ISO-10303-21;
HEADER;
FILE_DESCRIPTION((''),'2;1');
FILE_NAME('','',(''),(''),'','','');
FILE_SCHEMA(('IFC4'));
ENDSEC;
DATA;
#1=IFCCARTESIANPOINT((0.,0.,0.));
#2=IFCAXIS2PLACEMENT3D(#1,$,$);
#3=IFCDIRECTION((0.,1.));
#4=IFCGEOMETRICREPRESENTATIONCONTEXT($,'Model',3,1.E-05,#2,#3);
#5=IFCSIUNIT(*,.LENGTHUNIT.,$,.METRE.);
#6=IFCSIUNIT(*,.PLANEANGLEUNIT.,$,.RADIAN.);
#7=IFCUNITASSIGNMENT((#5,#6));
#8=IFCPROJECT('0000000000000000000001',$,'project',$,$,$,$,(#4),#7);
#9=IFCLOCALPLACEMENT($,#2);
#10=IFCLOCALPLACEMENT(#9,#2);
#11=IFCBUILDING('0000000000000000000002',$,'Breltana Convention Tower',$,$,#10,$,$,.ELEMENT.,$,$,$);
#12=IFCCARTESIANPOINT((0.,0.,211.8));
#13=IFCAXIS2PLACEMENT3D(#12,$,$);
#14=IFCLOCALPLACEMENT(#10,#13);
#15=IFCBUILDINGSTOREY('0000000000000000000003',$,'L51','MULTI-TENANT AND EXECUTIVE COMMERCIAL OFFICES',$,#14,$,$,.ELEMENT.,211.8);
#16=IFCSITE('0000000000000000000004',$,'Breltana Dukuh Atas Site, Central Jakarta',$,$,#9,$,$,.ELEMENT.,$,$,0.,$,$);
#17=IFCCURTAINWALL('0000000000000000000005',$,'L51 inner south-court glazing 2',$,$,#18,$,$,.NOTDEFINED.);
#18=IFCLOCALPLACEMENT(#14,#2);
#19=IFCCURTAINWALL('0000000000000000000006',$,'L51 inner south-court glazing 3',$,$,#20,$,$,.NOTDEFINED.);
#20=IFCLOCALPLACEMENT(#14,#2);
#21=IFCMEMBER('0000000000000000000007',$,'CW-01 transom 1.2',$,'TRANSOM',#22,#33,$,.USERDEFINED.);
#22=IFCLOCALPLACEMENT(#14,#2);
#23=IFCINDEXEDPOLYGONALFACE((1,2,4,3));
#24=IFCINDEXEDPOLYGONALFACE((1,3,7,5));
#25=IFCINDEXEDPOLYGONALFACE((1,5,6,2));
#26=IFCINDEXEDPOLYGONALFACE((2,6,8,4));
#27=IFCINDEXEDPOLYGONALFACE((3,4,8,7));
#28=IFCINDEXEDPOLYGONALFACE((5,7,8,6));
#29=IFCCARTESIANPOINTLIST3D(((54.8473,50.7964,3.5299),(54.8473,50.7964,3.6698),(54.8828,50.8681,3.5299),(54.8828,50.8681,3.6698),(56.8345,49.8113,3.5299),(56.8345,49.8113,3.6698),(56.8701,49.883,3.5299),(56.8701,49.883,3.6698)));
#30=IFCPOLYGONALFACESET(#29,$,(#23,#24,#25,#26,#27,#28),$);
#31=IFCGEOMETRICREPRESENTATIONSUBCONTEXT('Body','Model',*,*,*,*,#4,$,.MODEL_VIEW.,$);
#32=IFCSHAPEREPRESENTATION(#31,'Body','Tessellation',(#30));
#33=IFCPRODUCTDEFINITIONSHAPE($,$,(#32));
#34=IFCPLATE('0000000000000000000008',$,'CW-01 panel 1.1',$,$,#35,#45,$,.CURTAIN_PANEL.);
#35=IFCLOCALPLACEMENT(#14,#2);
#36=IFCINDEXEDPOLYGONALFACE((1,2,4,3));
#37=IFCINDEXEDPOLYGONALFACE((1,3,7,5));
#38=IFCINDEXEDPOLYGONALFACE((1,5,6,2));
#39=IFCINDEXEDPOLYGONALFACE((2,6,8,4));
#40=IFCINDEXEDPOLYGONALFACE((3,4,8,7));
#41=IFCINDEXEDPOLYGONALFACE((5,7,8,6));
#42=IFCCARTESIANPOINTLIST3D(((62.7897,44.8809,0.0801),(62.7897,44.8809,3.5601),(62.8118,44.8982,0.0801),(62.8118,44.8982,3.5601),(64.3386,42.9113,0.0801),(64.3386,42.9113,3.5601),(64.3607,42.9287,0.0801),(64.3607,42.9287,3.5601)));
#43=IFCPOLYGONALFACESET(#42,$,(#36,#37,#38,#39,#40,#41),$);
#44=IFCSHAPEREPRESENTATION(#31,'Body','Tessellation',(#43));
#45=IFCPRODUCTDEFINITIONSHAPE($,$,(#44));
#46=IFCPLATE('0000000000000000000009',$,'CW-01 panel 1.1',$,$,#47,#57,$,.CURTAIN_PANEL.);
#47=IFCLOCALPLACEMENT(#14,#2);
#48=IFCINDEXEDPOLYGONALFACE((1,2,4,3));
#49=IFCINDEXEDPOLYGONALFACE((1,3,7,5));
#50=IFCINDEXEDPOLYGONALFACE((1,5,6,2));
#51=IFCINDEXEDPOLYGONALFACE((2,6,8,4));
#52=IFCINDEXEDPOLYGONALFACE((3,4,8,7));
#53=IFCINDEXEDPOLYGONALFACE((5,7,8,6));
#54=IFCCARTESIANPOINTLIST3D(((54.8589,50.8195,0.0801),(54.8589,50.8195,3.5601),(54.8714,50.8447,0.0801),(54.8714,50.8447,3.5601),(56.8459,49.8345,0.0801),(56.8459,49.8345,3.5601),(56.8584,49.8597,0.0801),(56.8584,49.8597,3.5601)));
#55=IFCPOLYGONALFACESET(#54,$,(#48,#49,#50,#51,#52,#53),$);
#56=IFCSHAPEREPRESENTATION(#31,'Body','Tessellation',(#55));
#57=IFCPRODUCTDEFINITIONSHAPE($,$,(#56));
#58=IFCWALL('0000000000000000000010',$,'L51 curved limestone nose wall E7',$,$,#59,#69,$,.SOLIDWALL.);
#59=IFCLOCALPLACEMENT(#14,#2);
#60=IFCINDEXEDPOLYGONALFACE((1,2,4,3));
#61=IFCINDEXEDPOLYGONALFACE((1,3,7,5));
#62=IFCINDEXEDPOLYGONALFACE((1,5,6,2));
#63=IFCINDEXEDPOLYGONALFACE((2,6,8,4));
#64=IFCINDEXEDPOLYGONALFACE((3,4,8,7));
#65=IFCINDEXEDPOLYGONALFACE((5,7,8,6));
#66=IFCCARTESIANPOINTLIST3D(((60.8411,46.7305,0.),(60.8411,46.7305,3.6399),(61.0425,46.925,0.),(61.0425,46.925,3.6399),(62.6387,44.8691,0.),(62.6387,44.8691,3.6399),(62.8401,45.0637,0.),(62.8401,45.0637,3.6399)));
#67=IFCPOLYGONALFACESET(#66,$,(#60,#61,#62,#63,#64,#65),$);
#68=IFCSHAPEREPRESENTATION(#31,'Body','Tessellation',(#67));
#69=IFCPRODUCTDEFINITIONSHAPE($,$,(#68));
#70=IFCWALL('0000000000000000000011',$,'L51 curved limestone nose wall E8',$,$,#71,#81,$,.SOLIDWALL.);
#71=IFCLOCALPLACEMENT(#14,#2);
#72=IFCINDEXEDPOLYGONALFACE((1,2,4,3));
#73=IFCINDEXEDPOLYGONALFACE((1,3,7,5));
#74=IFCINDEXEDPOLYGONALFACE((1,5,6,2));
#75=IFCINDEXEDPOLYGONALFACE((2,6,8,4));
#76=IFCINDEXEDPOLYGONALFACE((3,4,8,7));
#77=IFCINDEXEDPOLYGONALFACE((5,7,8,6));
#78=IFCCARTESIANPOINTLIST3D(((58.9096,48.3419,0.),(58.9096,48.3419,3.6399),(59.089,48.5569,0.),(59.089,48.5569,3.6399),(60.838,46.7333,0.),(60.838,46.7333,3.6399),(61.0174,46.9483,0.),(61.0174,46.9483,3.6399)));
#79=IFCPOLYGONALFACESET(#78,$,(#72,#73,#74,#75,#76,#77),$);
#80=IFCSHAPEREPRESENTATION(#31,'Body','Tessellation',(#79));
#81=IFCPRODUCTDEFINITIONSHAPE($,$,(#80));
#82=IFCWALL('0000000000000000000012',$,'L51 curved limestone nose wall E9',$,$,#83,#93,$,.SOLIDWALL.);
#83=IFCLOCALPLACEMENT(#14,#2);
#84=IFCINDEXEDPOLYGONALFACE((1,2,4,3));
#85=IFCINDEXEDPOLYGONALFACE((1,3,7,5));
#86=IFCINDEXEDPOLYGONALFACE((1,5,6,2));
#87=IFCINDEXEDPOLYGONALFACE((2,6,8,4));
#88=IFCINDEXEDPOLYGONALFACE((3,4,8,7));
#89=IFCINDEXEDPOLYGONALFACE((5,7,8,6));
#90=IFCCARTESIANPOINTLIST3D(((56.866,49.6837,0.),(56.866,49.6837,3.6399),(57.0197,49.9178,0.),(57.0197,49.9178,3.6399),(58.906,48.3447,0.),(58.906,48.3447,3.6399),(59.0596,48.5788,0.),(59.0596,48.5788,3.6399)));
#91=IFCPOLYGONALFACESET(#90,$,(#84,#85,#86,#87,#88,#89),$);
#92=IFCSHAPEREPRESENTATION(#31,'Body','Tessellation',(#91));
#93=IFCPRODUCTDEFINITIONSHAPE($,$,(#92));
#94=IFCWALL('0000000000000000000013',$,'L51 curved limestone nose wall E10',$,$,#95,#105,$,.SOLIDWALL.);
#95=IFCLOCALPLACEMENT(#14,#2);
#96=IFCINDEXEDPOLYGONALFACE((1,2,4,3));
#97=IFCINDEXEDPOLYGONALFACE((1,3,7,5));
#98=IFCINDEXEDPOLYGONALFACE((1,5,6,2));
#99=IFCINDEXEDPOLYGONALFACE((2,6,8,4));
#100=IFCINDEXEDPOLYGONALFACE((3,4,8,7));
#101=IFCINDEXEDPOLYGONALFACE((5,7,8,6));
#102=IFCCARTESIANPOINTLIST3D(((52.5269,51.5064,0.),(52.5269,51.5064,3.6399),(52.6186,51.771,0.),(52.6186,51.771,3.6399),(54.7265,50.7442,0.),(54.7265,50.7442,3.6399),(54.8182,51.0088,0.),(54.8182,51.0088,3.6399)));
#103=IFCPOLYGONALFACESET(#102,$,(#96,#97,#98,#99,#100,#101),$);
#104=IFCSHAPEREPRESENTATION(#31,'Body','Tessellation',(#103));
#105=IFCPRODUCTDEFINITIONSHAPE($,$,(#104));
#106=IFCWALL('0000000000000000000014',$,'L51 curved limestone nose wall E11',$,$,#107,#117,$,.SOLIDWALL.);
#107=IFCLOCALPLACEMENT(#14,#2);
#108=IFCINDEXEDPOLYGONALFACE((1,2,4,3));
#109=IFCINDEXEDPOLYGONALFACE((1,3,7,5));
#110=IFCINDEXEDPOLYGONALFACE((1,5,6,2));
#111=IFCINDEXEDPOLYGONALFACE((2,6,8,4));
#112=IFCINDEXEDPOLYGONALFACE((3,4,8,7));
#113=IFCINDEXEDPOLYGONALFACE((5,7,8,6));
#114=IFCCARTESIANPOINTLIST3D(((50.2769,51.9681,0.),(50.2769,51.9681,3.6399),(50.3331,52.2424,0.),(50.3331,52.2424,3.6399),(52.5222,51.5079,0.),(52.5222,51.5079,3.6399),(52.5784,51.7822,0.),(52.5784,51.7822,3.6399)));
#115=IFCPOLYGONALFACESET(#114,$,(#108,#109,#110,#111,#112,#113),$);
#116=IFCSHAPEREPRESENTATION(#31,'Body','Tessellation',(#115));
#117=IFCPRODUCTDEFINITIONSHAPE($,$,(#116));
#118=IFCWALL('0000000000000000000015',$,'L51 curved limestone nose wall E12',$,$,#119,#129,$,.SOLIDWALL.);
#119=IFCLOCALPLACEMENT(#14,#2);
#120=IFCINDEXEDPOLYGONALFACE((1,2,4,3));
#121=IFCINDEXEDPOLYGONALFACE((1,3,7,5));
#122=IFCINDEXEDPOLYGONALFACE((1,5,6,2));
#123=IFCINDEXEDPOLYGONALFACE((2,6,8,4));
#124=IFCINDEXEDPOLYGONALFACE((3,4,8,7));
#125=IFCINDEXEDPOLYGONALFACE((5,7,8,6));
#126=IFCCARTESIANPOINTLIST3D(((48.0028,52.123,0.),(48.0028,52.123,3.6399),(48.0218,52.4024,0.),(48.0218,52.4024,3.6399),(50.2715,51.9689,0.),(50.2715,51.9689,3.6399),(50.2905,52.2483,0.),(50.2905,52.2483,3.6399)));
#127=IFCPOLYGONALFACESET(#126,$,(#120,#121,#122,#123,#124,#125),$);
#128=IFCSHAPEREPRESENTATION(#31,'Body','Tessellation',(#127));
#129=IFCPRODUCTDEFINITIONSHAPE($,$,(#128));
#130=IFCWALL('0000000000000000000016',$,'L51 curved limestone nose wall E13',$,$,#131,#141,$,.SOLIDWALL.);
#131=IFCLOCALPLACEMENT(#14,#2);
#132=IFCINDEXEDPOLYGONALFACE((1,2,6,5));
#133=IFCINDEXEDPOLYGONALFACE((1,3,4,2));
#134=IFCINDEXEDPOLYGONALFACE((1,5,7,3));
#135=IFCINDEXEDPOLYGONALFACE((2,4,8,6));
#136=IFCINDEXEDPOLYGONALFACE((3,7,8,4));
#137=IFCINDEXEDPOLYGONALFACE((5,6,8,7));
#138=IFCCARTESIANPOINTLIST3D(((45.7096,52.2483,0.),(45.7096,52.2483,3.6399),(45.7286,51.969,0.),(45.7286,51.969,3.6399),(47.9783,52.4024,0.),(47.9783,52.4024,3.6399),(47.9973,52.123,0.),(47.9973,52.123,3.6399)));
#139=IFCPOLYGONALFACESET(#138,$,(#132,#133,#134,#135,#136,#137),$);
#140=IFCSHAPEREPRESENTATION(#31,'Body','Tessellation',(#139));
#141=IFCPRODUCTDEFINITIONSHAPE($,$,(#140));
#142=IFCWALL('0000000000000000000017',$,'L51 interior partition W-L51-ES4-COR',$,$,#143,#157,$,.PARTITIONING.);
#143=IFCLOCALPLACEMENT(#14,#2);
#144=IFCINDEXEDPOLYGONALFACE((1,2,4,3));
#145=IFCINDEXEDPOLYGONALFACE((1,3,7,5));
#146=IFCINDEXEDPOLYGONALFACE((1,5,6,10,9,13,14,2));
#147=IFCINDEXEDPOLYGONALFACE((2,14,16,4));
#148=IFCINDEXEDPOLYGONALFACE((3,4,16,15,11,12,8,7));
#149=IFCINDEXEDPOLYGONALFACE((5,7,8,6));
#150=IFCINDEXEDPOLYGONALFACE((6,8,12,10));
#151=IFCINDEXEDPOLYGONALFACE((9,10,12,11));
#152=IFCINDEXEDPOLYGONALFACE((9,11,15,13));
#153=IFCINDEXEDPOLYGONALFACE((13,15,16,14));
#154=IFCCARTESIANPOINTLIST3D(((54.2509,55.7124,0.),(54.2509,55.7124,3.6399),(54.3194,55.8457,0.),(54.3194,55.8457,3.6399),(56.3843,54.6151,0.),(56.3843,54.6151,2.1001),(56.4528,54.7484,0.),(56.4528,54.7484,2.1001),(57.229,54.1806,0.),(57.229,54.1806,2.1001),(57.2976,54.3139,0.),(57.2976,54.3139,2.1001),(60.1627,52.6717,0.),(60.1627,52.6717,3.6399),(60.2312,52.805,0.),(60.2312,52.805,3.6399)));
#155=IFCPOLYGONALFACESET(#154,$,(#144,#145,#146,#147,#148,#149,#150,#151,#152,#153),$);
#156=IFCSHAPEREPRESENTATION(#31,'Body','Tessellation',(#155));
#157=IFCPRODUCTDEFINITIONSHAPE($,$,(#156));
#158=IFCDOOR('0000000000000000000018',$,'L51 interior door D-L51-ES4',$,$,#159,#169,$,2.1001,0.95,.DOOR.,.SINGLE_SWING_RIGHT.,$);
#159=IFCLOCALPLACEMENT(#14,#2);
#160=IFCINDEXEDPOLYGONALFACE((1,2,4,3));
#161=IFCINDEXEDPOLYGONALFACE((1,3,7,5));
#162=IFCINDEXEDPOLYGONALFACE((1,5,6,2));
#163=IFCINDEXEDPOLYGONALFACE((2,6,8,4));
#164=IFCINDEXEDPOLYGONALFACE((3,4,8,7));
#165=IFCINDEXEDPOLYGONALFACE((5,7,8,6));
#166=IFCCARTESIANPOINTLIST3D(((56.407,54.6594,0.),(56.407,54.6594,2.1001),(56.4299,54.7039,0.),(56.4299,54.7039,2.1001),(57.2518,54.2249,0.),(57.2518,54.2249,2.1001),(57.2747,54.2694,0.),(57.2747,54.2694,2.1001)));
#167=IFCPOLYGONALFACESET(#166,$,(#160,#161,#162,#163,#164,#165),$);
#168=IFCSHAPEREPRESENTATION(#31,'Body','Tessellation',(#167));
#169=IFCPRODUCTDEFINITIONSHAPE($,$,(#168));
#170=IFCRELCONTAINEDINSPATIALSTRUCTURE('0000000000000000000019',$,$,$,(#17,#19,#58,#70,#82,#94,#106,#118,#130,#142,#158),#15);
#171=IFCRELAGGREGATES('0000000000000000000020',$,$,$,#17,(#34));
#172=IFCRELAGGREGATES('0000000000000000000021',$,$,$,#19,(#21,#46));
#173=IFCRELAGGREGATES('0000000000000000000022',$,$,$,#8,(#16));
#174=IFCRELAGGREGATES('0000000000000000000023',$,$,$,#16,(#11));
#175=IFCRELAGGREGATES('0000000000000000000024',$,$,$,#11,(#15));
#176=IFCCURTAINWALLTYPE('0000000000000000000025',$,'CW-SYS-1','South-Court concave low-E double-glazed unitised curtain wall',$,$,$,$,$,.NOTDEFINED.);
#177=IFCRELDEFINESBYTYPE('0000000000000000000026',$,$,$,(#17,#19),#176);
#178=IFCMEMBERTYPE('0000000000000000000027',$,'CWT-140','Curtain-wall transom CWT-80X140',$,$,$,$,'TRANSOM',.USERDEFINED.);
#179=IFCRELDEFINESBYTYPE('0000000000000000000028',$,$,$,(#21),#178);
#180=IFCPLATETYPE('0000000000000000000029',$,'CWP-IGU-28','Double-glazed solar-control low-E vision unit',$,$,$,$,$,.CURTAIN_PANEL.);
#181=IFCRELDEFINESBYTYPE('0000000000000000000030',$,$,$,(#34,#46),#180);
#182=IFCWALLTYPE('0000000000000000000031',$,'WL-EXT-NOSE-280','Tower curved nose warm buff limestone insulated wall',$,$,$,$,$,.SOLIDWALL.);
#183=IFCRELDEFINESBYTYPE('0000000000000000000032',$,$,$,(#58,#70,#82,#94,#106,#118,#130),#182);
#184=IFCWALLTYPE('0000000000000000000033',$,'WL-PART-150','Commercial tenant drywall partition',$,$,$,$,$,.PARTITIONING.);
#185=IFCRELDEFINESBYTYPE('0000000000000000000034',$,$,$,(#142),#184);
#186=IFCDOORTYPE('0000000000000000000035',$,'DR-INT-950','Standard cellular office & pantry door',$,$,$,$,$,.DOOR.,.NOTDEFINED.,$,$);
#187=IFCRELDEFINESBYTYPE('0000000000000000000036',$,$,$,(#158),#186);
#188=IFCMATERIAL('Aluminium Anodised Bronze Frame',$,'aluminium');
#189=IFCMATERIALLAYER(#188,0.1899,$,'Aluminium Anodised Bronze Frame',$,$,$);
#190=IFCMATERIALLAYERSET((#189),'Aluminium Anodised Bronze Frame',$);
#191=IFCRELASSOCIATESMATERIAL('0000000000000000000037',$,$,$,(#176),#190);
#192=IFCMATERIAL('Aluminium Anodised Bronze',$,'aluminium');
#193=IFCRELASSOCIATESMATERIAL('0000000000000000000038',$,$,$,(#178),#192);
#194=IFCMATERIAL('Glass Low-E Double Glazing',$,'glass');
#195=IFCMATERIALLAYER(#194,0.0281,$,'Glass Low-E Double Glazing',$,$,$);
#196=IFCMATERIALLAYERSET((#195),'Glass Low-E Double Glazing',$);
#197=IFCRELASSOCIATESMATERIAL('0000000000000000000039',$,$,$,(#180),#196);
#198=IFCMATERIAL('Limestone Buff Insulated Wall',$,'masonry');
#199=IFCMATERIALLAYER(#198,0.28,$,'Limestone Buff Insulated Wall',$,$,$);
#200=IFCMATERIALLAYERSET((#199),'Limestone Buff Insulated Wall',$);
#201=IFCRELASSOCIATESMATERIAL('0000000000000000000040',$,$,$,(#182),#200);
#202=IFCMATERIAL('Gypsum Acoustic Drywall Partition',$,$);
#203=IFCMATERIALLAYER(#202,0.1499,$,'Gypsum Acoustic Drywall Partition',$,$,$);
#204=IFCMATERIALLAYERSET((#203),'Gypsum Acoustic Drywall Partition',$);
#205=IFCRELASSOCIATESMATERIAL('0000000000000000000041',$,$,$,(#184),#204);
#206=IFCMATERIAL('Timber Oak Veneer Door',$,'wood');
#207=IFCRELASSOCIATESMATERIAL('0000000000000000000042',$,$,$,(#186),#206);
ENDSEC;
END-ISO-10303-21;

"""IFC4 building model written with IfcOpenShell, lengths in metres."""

from ifc_helpers import new_model, si_unit, direction, frame, frame_2d, origin, origin_2d, place, context, subcontext, project, spatial, rectangle, extrude, source, transform, mapped, material, layer, layer_set, material_profile, profile_set, type_object, type_shapes, element, fill, aggregate, save


model = new_model("IFC4")

# Units and contexts
model_context = context("Model", 3, precision=1e-05, world=origin(), true_north=direction((0.0, 1.0)))
body_context = subcontext(model_context, "Body", "Model", "MODEL_VIEW")
ifc_project = project(units=[si_unit("LENGTHUNIT", "METRE"), si_unit("PLANEANGLEUNIT", "RADIAN")], contexts=[model_context])

# Site, building, storey
site_placement = place(None, origin())
site = spatial("IfcSite", under=ifc_project, at=site_placement, Name="Breltana Dukuh Atas Site, Central Jakarta", CompositionType="ELEMENT", RefElevation=0.0)
building_placement = place(site_placement, origin())
building = spatial("IfcBuilding", under=site, at=building_placement, Name="Breltana Convention Tower", CompositionType="ELEMENT")
storey_placement = place(building_placement, frame((0.0, 0.0, 211.8)))
storey = spatial("IfcBuildingStorey", under=building, at=storey_placement, Name="L51", Description="MULTI-TENANT AND EXECUTIVE COMMERCIAL OFFICES", CompositionType="ELEMENT", Elevation=211.8)

# Curtain walls, member
ifc_material_1 = material(Name="Aluminium Anodised Bronze Frame", Category="aluminium")
ifc_layer_1 = layer(ifc_material_1, 0.1899, Name="Aluminium Anodised Bronze Frame")
ifc_layer_set_1 = layer_set([ifc_layer_1], Name="Aluminium Anodised Bronze Frame")
curtain_wall_type = type_object("IfcCurtainWallType", Name="CW-SYS-1", Description="South-Court concave low-E double-glazed unitised curtain wall", PredefinedType="NOTDEFINED", material=ifc_layer_set_1)
curtain_wall_1_placement = place(storey_placement, origin())
curtain_wall_1 = element("IfcCurtainWall", 1, at=curtain_wall_1_placement, inside=storey, type_object=curtain_wall_type, Name="L51 inner south-court glazing 2", PredefinedType="NOTDEFINED")
ifc_material_2 = material(Name="Aluminium Anodised Bronze", Category="aluminium")
ifc_material_profile_1 = material_profile(ifc_material_2, rectangle(XDim=0.0801, YDim=0.1399, at=origin_2d()), Name="CWT-80X140")
ifc_profile_set_1 = profile_set([ifc_material_profile_1], Name="Aluminium Anodised Bronze")
member_type_1 = type_object("IfcMemberType", Name="CWT-140", Description="Curtain-wall transom CWT-80X140", ElementType="TRANSOM", PredefinedType="USERDEFINED", material=ifc_profile_set_1)
curtain_wall_2_placement = place(storey_placement, origin())
curtain_wall_2 = element("IfcCurtainWall", 2, at=curtain_wall_2_placement, inside=storey, type_object=curtain_wall_type, Name="L51 inner south-court glazing 3", PredefinedType="NOTDEFINED")
shared_shape_1 = source(origin(), body_context, "Body", "SweptSolid", [
    extrude(rectangle(XDim=0.0801, YDim=0.1399, at=origin_2d()), origin(), (0.0, 0.0, 1.0), 2.218),
])
member_1_placement = place(storey_placement, frame((56.8523, 49.8472, 3.5999), z_axis=(-0.895963, 0.444129, 0.0), x_axis=(-0.444129, -0.895963, 0.0)))
member_1 = element("IfcMember", 3, at=member_1_placement, type_object=member_type_1, Name="CW-01 transom 1.2", ObjectType="TRANSOM", PredefinedType="USERDEFINED", context=body_context, shape_type="MappedRepresentation", body=[
    mapped(shared_shape_1, transform((0.0, 0.0, 0.0), scale=1.0)),
])

# Plates
ifc_material_3 = material(Name="Glass Low-E Double Glazing", Category="glass")
ifc_layer_2 = layer(ifc_material_3, 0.0281, Name="Glass Low-E Double Glazing")
ifc_layer_set_2 = layer_set([ifc_layer_2], Name="Glass Low-E Double Glazing")
plate_type = type_object("IfcPlateType", Name="CWP-IGU-28", Description="Double-glazed solar-control low-E vision unit", PredefinedType="CURTAIN_PANEL", material=ifc_layer_set_2)
shared_shape_2 = source(origin(), body_context, "Body", "SweptSolid", [
    extrude(rectangle(XDim=2.5056, YDim=0.0281, at=origin_2d()), origin(), (0.0, 0.0, 1.0), 3.48),
])
plate_1_placement = place(storey_placement, frame((63.5752, 43.9048, 0.0801), z_axis=(0.0, 0.0, 1.0), x_axis=(-0.61815, 0.786061, 0.0)))
plate_1 = element("IfcPlate", 4, at=plate_1_placement, type_object=plate_type, Name="CW-01 panel 1.1", PredefinedType="CURTAIN_PANEL", context=body_context, shape_type="MappedRepresentation", body=[
    mapped(shared_shape_2, transform((0.0, 0.0, 0.0), scale=1.0)),
])
aggregate(curtain_wall_1, [plate_1])
shared_shape_3 = source(origin(), body_context, "Body", "SweptSolid", [
    extrude(rectangle(XDim=2.2178, YDim=0.0281, at=origin_2d()), origin(), (0.0, 0.0, 1.0), 3.48),
])
plate_2_placement = place(storey_placement, frame((55.8586, 50.3396, 0.0801), z_axis=(0.0, 0.0, 1.0), x_axis=(-0.895961, 0.444133, 0.0)))
plate_2 = element("IfcPlate", 5, at=plate_2_placement, type_object=plate_type, Name="CW-01 panel 1.1", PredefinedType="CURTAIN_PANEL", context=body_context, shape_type="MappedRepresentation", body=[
    mapped(shared_shape_3, transform((0.0, 0.0, 0.0), scale=1.0)),
])
aggregate(curtain_wall_2, [member_1, plate_2])

# Walls
ifc_material_4 = material(Name="Limestone Buff Insulated Wall", Category="masonry")
ifc_layer_3 = layer(ifc_material_4, 0.28, Name="Limestone Buff Insulated Wall")
ifc_layer_set_3 = layer_set([ifc_layer_3], Name="Limestone Buff Insulated Wall")
wall_type_1 = type_object("IfcWallType", Name="WL-EXT-NOSE-280", Description="Tower curved nose warm buff limestone insulated wall", PredefinedType="SOLIDWALL", material=ifc_layer_set_3)
shared_shape_4 = source(origin(), body_context, "Body", "SweptSolid", [
    extrude(rectangle(XDim=2.5876, YDim=0.28, at=frame_2d((1.2939, 0.0))), origin(), (0.0, 0.0, 1.0), 3.6399),
])
wall_1_placement = place(storey_placement, frame((62.7395, 44.9663, 0.0), z_axis=(0.0, 0.0, 1.0), x_axis=(-0.694687, 0.719312, 0.0)))
element("IfcWall", 6, at=wall_1_placement, inside=storey, type_object=wall_type_1, Name="L51 curved limestone nose wall E7", PredefinedType="SOLIDWALL", context=body_context, shape_type="MappedRepresentation", body=[
    mapped(shared_shape_4, transform((0.0, 0.0, 0.0), scale=1.0)),
])
shared_shape_5 = source(origin(), body_context, "Body", "SweptSolid", [
    extrude(rectangle(XDim=2.5112, YDim=0.28, at=frame_2d((1.2556, 0.0))), origin(), (0.0, 0.0, 1.0), 3.6399),
])
wall_2_placement = place(storey_placement, frame((60.9277, 46.8408, 0.0), z_axis=(0.0, 0.0, 1.0), x_axis=(-0.76791, 0.640557, 0.0)))
element("IfcWall", 7, at=wall_2_placement, inside=storey, type_object=wall_type_1, Name="L51 curved limestone nose wall E8", PredefinedType="SOLIDWALL", context=body_context, shape_type="MappedRepresentation", body=[
    mapped(shared_shape_5, transform((0.0, 0.0, 0.0), scale=1.0)),
])
shared_shape_6 = source(origin(), body_context, "Body", "SweptSolid", [
    extrude(rectangle(XDim=2.4402, YDim=0.28, at=frame_2d((1.2202, 0.0))), origin(), (0.0, 0.0, 1.0), 3.6399),
])
wall_3_placement = place(storey_placement, frame((58.9829, 48.4617, 0.0), z_axis=(0.0, 0.0, 1.0), x_axis=(-0.835985, 0.548753, 0.0)))
element("IfcWall", 8, at=wall_3_placement, inside=storey, type_object=wall_type_1, Name="L51 curved limestone nose wall E9", PredefinedType="SOLIDWALL", context=body_context, shape_type="MappedRepresentation", body=[
    mapped(shared_shape_6, transform((0.0, 0.0, 0.0), scale=1.0)),
])
shared_shape_7 = source(origin(), body_context, "Body", "SweptSolid", [
    extrude(rectangle(XDim=2.3279, YDim=0.28, at=frame_2d((1.1641, 0.0))), origin(), (0.0, 0.0, 1.0), 3.6399),
])
wall_4_placement = place(storey_placement, frame((54.7725, 50.8765, 0.0), z_axis=(0.0, 0.0, 1.0), x_axis=(-0.944873, 0.327438, 0.0)))
element("IfcWall", 9, at=wall_4_placement, inside=storey, type_object=wall_type_1, Name="L51 curved limestone nose wall E10", PredefinedType="SOLIDWALL", context=body_context, shape_type="MappedRepresentation", body=[
    mapped(shared_shape_7, transform((0.0, 0.0, 0.0), scale=1.0)),
])
shared_shape_8 = source(origin(), body_context, "Body", "SweptSolid", [
    extrude(rectangle(XDim=2.292, YDim=0.28, at=frame_2d((1.146, 0.0))), origin(), (0.0, 0.0, 1.0), 3.6399),
])
wall_5_placement = place(storey_placement, frame((52.5503, 51.645, 0.0), z_axis=(0.0, 0.0, 1.0), x_axis=(-0.979635, 0.200784, 0.0)))
element("IfcWall", 10, at=wall_5_placement, inside=storey, type_object=wall_type_1, Name="L51 curved limestone nose wall E11", PredefinedType="SOLIDWALL", context=body_context, shape_type="MappedRepresentation", body=[
    mapped(shared_shape_8, transform((0.0, 0.0, 0.0), scale=1.0)),
])
shared_shape_9 = source(origin(), body_context, "Body", "SweptSolid", [
    extrude(rectangle(XDim=2.2739, YDim=0.28, at=frame_2d((1.137, 0.0))), origin(), (0.0, 0.0, 1.0), 3.6399),
])
for number, where, z_axis, x_axis, name in (
    (11, (50.281, 52.1086, 0.0), (0.0, 0.0, 1.0), (-0.997703, 0.067745, 0.0), "L51 curved limestone nose wall E12"),
    (12, (47.9878, 52.2627, 0.0), (0.0, 0.0, 1.0), (-0.997703, -0.067745, 0.0), "L51 curved limestone nose wall E13"),
):
    element("IfcWall", number, at=place(storey_placement, frame(where, z_axis=z_axis, x_axis=x_axis)), inside=storey, type_object=wall_type_1, Name=name, PredefinedType="SOLIDWALL", context=body_context, shape_type="MappedRepresentation", body=[
        mapped(shared_shape_9, transform((0.0, 0.0, 0.0), scale=1.0)),
    ])

# Wall, opening, door
ifc_material_5 = material(Name="Gypsum Acoustic Drywall Partition")
ifc_layer_4 = layer(ifc_material_5, 0.1499, Name="Gypsum Acoustic Drywall Partition")
ifc_layer_set_4 = layer_set([ifc_layer_4], Name="Gypsum Acoustic Drywall Partition")
wall_type_2 = type_object("IfcWallType", Name="WL-PART-150", Description="Commercial tenant drywall partition", PredefinedType="PARTITIONING", material=ifc_layer_set_4)
shared_shape_10 = source(origin(), body_context, "Body", "SweptSolid", [
    extrude(rectangle(XDim=6.6479, YDim=0.1499, at=frame_2d((3.324, 0.0))), origin(), (0.0, 0.0, 1.0), 3.6399),
])
wall_6_placement = place(storey_placement, frame((54.2852, 55.7791, 0.0), z_axis=(0.0, 0.0, 1.0), x_axis=(0.889264, -0.457394, 0.0)))
wall_6 = element("IfcWall", 13, at=wall_6_placement, inside=storey, type_object=wall_type_2, Name="L51 interior partition W-L51-ES4-COR", PredefinedType="PARTITIONING", context=body_context, shape_type="MappedRepresentation", body=[
    mapped(shared_shape_10, transform((0.0, 0.0, 0.0), scale=1.0)),
])
opening_1_placement = place(wall_6_placement, frame((2.3989, 0.0, 0.0)))
opening_1 = element("IfcOpeningElement", 14, at=opening_1_placement, cuts=wall_6, PredefinedType="OPENING", context=body_context, shape_type="SweptSolid", body=[
    extrude(rectangle(XDim=0.95, YDim=2.1001, at=frame_2d((0.4751, 1.05))), frame((0.0, 0.085, 0.0), z_axis=(0.0, -1.0, 0.0), x_axis=(1.0, 0.0, 0.0)), (0.0, 0.0, 1.0), 0.1699),
])
ifc_material_6 = material(Name="Timber Oak Veneer Door", Category="wood")
door_type = type_object("IfcDoorType", Name="DR-INT-950", Description="Standard cellular office & pantry door", OperationType="NOTDEFINED", PredefinedType="DOOR", material=ifc_material_6)
shared_shape_11 = source(origin(), body_context, "Body", "SweptSolid", [
    extrude(rectangle(XDim=0.95, YDim=2.1001, at=frame_2d((0.4751, 1.05))), frame((0.0, 0.0249, 0.0), z_axis=(0.0, -1.0, 0.0), x_axis=(1.0, 0.0, 0.0)), (0.0, 0.0, 1.0), 0.05),
])
type_shapes(door_type, [shared_shape_11])
door_1_placement = place(opening_1_placement, origin())
door_1 = element("IfcDoor", 15, at=door_1_placement, inside=storey, type_object=door_type, Name="L51 interior door D-L51-ES4", OperationType="SINGLE_SWING_RIGHT", OverallHeight=2.1001, OverallWidth=0.95, PredefinedType="DOOR", context=body_context, shape_type="MappedRepresentation", body=[
    mapped(shared_shape_11, transform((0.0, 0.0, 0.0), scale=1.0)),
])
fill(opening_1, door_1)

save(model, "model.ifc")
